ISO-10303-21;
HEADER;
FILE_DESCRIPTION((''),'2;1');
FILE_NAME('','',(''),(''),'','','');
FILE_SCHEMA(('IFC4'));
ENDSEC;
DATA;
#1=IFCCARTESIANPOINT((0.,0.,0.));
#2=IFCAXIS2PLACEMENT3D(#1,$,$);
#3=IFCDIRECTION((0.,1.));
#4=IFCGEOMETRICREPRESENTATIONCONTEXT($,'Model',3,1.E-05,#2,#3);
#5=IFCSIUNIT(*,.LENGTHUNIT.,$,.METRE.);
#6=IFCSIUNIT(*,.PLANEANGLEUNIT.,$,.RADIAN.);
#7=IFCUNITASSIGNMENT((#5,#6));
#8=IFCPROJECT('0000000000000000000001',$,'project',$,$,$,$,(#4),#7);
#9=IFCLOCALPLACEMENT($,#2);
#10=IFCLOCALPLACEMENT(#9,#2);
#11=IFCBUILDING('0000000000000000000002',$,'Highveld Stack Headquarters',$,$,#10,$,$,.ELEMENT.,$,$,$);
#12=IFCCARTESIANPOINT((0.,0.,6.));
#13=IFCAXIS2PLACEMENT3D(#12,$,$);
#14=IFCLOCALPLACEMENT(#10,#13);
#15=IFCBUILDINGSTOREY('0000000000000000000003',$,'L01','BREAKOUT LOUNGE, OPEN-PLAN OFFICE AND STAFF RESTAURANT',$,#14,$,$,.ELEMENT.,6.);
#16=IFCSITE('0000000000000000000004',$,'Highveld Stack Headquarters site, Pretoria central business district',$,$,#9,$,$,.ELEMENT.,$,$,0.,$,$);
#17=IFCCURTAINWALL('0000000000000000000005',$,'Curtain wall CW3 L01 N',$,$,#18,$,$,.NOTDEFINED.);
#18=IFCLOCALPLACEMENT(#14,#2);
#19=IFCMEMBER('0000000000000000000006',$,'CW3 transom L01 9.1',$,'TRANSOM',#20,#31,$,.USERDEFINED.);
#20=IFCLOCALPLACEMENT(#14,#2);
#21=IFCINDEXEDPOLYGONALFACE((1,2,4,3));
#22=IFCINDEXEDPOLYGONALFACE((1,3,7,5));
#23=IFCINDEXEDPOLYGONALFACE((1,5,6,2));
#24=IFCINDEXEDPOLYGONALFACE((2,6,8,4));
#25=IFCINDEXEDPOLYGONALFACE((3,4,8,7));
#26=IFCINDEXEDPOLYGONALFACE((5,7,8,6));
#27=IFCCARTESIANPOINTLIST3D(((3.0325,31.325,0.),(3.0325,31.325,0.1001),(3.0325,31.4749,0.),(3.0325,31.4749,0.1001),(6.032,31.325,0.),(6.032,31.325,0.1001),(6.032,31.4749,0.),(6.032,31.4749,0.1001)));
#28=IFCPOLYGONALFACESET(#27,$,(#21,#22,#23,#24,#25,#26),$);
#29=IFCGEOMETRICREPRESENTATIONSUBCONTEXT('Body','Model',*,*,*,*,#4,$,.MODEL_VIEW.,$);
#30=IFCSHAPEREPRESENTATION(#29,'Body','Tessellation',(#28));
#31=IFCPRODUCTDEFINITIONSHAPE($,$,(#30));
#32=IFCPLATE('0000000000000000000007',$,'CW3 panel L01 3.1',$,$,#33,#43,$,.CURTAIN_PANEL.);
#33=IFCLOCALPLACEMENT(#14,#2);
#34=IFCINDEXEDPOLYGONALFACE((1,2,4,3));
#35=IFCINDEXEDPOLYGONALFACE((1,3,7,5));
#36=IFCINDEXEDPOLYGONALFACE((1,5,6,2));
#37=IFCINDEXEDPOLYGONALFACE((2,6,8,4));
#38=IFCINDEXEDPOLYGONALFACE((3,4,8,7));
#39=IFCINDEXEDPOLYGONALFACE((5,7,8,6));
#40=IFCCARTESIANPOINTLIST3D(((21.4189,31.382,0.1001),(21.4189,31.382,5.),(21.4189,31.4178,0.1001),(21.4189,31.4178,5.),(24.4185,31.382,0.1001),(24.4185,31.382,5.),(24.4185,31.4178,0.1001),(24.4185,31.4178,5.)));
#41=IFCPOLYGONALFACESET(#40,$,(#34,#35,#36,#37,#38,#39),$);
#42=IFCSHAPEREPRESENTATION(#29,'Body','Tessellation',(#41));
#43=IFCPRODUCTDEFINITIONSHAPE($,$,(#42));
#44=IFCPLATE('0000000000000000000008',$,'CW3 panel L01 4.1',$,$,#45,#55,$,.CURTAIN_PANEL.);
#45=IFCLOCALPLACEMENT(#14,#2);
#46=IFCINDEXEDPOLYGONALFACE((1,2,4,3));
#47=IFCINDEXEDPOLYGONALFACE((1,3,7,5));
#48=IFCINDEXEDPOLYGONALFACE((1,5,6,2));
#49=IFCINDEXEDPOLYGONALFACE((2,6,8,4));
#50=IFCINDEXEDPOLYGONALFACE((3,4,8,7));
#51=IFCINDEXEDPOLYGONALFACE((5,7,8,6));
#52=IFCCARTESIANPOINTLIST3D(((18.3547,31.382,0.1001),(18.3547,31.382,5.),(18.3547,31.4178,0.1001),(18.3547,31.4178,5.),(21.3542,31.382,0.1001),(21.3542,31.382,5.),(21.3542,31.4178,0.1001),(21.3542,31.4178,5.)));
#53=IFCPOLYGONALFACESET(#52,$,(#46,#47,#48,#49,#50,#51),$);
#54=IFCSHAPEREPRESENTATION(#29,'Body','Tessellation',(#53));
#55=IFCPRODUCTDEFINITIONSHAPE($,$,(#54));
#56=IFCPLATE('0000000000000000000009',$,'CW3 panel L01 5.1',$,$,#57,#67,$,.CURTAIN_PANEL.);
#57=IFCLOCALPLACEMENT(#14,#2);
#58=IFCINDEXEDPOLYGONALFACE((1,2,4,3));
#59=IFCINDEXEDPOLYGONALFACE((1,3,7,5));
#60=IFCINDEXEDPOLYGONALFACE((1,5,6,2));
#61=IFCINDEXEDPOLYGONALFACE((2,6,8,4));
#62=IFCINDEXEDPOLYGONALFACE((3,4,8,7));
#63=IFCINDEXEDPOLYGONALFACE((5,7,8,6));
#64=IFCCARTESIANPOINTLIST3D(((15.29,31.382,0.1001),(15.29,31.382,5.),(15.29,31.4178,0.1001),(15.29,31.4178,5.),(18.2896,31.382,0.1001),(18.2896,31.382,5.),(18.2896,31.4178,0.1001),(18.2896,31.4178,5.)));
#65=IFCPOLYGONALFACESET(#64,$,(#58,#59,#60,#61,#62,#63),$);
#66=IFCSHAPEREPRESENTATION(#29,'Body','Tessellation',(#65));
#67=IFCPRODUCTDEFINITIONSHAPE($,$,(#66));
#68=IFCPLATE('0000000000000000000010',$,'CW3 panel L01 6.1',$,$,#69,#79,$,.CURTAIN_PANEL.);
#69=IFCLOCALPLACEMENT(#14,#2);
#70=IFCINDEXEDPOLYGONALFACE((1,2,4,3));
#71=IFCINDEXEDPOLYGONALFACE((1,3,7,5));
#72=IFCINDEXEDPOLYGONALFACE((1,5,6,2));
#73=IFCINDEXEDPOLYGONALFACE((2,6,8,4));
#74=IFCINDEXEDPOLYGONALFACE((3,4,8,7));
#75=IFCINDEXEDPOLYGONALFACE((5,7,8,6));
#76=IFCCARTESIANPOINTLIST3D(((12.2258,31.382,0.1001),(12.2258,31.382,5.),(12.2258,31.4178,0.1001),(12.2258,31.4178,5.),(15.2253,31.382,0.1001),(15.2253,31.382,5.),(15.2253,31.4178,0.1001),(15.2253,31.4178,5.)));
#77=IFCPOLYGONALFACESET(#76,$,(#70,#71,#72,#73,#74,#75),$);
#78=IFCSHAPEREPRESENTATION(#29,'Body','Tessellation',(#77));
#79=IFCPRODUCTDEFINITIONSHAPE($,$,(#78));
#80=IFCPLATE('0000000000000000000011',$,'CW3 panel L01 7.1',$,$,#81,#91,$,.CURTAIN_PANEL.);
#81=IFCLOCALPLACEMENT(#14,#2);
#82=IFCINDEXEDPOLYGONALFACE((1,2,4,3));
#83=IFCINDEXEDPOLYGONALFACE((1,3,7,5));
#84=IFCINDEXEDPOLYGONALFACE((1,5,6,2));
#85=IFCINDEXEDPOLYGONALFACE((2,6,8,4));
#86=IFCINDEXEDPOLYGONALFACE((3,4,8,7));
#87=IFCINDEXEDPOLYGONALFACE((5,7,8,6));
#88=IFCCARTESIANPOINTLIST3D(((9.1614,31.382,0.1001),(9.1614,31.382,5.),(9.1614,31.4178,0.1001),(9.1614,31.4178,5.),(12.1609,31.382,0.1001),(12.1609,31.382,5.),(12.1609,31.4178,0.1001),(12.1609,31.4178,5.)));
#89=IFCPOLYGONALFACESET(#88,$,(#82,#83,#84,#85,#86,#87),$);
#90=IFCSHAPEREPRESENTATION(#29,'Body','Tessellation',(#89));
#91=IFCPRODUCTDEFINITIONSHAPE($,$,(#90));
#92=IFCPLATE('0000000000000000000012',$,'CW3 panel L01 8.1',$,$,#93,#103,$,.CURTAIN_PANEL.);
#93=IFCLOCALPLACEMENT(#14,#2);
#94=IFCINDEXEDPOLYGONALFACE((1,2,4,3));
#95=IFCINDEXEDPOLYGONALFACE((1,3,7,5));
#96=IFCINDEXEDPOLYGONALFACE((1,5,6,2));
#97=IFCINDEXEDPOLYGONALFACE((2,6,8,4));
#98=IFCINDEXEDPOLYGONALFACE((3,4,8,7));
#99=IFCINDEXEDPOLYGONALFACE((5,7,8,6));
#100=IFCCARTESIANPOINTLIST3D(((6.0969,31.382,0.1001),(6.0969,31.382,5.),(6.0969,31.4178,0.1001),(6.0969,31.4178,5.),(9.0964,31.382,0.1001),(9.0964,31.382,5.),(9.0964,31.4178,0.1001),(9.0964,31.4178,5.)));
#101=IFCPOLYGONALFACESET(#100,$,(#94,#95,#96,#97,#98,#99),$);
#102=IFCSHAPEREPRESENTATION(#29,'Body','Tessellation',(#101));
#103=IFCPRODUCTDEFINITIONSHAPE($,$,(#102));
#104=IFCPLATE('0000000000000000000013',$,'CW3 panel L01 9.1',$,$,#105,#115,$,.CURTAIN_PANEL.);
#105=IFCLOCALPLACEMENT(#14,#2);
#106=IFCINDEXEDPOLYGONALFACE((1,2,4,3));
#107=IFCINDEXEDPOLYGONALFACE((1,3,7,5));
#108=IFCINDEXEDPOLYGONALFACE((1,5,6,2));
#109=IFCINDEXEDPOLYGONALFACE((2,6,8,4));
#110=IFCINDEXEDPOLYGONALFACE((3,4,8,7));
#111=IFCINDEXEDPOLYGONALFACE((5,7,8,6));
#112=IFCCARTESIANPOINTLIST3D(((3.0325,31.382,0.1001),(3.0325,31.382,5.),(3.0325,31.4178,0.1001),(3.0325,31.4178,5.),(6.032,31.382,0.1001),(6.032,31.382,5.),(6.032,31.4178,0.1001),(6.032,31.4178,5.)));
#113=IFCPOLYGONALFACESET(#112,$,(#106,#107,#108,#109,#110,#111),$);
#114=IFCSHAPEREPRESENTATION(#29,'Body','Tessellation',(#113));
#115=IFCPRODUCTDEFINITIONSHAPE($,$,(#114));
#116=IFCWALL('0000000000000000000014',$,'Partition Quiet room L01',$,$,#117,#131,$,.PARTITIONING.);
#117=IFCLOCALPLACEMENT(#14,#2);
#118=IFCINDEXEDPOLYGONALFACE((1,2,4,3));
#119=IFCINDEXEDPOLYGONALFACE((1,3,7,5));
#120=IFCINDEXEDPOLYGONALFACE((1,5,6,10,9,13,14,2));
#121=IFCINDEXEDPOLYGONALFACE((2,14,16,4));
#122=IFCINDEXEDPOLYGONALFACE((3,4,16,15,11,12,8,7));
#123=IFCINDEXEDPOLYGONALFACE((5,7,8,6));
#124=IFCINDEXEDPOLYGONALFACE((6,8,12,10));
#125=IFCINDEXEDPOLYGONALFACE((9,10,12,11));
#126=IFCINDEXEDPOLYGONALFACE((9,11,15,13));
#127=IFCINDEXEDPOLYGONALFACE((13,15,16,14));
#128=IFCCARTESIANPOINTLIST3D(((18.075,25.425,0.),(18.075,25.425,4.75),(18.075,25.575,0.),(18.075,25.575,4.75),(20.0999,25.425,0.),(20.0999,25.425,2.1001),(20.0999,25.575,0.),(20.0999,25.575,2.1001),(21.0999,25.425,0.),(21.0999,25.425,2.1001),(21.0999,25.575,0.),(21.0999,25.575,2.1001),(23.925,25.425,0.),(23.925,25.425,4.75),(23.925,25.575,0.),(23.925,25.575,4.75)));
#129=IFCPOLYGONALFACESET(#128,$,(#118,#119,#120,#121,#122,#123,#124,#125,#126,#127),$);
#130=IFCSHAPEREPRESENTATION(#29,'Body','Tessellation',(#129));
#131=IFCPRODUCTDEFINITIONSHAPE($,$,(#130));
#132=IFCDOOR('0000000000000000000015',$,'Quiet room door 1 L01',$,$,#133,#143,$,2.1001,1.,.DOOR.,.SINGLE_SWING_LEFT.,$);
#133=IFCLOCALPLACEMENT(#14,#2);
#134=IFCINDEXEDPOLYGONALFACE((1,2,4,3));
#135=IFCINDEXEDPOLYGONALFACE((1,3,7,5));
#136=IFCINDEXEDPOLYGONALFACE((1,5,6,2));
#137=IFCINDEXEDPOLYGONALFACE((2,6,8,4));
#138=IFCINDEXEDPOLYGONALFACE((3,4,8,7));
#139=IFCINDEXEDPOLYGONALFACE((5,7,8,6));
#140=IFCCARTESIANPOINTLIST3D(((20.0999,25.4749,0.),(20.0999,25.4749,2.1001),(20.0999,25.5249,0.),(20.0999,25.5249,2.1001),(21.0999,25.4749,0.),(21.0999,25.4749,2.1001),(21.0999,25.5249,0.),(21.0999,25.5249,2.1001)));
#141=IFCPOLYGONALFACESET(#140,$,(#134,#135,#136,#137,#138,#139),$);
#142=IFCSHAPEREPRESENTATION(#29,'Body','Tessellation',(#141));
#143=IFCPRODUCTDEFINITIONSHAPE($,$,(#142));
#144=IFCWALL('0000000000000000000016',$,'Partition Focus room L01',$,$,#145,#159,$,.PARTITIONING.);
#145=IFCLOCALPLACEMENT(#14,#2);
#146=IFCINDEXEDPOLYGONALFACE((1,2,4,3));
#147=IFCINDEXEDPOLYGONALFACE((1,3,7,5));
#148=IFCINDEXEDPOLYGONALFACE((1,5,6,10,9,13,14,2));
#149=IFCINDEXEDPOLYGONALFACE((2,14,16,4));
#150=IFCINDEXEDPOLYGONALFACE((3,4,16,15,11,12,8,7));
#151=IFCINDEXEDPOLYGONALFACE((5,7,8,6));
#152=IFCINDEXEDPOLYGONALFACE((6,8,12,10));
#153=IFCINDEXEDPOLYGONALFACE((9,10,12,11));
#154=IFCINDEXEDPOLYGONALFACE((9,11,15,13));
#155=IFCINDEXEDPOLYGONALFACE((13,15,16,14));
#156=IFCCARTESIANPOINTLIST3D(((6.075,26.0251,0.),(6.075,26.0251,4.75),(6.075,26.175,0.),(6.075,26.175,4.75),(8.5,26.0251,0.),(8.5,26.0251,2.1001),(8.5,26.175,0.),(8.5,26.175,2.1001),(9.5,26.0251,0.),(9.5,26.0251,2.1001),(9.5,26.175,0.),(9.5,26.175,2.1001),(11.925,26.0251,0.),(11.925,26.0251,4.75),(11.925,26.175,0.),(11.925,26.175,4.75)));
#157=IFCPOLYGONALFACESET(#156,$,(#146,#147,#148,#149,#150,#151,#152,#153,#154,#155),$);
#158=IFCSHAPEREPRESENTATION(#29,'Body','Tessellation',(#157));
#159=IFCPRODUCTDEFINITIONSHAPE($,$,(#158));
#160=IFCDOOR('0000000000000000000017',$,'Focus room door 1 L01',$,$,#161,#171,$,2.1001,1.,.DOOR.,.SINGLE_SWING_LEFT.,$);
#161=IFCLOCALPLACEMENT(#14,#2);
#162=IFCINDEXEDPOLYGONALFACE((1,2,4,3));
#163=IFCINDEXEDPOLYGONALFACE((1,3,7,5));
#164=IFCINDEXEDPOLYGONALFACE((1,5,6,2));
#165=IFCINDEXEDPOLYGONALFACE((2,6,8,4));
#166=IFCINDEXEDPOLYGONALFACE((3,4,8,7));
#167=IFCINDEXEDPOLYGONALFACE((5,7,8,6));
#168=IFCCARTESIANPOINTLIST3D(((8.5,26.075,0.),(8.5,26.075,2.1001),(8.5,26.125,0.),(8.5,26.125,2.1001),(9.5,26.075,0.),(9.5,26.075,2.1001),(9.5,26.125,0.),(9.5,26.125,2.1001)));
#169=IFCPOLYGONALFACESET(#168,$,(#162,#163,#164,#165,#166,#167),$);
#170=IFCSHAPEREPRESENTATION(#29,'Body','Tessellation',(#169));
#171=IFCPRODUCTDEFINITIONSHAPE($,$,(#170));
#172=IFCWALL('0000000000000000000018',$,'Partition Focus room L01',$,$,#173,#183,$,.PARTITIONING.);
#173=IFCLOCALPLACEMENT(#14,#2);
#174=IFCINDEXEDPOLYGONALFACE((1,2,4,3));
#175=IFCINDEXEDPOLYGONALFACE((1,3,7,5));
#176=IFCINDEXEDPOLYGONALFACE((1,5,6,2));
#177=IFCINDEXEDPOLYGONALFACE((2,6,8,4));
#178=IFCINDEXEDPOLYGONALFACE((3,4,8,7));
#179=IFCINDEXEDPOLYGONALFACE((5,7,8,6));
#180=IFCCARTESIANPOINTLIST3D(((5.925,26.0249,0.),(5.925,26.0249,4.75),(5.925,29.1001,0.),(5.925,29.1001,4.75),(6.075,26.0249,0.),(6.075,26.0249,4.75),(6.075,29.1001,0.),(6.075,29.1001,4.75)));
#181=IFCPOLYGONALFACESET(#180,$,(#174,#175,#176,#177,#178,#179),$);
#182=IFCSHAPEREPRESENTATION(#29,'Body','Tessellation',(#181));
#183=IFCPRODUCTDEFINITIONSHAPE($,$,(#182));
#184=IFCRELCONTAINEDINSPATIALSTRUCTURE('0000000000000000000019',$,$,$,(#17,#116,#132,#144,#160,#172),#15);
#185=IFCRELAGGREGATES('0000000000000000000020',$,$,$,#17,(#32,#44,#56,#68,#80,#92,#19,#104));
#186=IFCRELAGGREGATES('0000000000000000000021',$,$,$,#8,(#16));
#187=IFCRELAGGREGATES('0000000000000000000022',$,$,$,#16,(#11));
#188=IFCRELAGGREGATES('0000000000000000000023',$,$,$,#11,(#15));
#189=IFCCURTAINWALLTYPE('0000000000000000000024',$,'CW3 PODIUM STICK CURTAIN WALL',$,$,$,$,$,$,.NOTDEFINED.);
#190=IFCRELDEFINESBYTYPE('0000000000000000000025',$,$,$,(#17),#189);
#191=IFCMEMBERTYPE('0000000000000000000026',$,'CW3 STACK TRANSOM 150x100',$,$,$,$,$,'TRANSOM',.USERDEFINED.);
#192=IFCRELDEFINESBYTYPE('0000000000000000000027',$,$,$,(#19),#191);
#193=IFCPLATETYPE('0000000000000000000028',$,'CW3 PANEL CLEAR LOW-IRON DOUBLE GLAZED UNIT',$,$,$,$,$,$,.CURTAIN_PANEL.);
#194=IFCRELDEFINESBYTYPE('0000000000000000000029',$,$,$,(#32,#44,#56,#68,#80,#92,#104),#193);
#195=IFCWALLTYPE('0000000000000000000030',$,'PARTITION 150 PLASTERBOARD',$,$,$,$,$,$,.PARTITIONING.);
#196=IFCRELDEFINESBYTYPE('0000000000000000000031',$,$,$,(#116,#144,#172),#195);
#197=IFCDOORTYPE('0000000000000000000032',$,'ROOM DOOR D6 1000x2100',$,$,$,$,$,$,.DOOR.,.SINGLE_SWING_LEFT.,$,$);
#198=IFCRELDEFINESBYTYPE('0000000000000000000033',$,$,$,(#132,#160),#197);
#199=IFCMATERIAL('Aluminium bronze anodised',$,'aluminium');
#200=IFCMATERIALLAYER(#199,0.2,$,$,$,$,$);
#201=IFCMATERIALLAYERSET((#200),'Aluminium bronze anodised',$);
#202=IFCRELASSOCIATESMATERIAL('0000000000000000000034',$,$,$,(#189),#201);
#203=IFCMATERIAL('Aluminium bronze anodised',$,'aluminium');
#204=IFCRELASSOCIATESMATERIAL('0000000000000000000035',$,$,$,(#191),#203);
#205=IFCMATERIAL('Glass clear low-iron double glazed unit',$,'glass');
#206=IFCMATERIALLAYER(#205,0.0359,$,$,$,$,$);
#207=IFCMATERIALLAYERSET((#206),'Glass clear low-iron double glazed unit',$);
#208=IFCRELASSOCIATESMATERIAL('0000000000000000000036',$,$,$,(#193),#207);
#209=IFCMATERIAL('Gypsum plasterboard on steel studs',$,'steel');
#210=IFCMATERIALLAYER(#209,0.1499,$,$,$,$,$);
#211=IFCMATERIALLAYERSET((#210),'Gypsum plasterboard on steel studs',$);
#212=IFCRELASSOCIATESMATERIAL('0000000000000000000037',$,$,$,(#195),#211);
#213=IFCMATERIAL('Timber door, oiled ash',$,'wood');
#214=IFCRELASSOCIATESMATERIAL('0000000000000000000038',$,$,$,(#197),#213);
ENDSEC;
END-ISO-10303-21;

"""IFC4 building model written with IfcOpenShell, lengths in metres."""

from ifc_helpers import new_model, si_unit, direction, frame, frame_2d, origin, origin_2d, place, context, subcontext, project, spatial, rectangle, extrude, material, layer, layer_set, material_profile, profile_set, type_object, element, fill, aggregate, save


model = new_model("IFC4")

# Units and contexts
model_context = context("Model", 3, precision=1e-05, world=origin(), true_north=direction((0.0, 1.0)))
body_context = subcontext(model_context, "Body", "Model", "MODEL_VIEW")
ifc_project = project(units=[si_unit("LENGTHUNIT", "METRE"), si_unit("PLANEANGLEUNIT", "RADIAN")], contexts=[model_context])

# Site, building, storey
site_placement = place(None, origin())
site = spatial("IfcSite", under=ifc_project, at=site_placement, Name="Highveld Stack Headquarters site, Pretoria central business district", CompositionType="ELEMENT", RefElevation=0.0)
building_placement = place(site_placement, origin())
building = spatial("IfcBuilding", under=site, at=building_placement, Name="Highveld Stack Headquarters", CompositionType="ELEMENT")
storey_placement = place(building_placement, frame((0.0, 0.0, 6.0)))
storey = spatial("IfcBuildingStorey", under=building, at=storey_placement, Name="L01", Description="BREAKOUT LOUNGE, OPEN-PLAN OFFICE AND STAFF RESTAURANT", CompositionType="ELEMENT", Elevation=6.0)

# Curtain wall, member, plates
ifc_material_1 = material(Name="Aluminium bronze anodised", Category="aluminium")
ifc_layer_1 = layer(ifc_material_1, 0.2)
ifc_layer_set_1 = layer_set([ifc_layer_1], Name="Aluminium bronze anodised")
curtain_wall_type = type_object("IfcCurtainWallType", Name="CW3 PODIUM STICK CURTAIN WALL", PredefinedType="NOTDEFINED", material=ifc_layer_set_1)
curtain_wall_placement = place(storey_placement, origin())
curtain_wall = element("IfcCurtainWall", 1, at=curtain_wall_placement, inside=storey, type_object=curtain_wall_type, Name="Curtain wall CW3 L01 N", PredefinedType="NOTDEFINED")
ifc_material_2 = material(Name="Aluminium bronze anodised", Category="aluminium")
ifc_material_profile_1 = material_profile(ifc_material_2, rectangle(XDim=0.1499, YDim=0.1001, at=origin_2d()), Name="CW3 TRANSOM 150x100")
ifc_profile_set_1 = profile_set([ifc_material_profile_1], Name="Aluminium bronze anodised")
member_type_1 = type_object("IfcMemberType", Name="CW3 STACK TRANSOM 150x100", ElementType="TRANSOM", PredefinedType="USERDEFINED", material=ifc_profile_set_1)
member_1_placement = place(storey_placement, frame((6.032, 31.3999, 0.05), z_axis=(-1.0, 0.0, 0.0), x_axis=(0.0, -1.0, 0.0)))
member_1 = element("IfcMember", 2, at=member_1_placement, type_object=member_type_1, Name="CW3 transom L01 9.1", ObjectType="TRANSOM", PredefinedType="USERDEFINED", context=body_context, shape_type="SweptSolid", body=[
    extrude(rectangle(XDim=0.1499, YDim=0.1001, at=origin_2d()), origin(), (0.0, 0.0, 1.0), 2.9995),
])
ifc_material_3 = material(Name="Glass clear low-iron double glazed unit", Category="glass")
ifc_layer_2 = layer(ifc_material_3, 0.0359)
ifc_layer_set_2 = layer_set([ifc_layer_2], Name="Glass clear low-iron double glazed unit")
plate_type = type_object("IfcPlateType", Name="CW3 PANEL CLEAR LOW-IRON DOUBLE GLAZED UNIT", PredefinedType="CURTAIN_PANEL", material=ifc_layer_set_2)
plate_1_placement = place(storey_placement, frame((22.9187, 31.3999, 0.1001), z_axis=(0.0, 0.0, 1.0), x_axis=(-1.0, 0.0, 0.0)))
plate_1 = element("IfcPlate", 3, at=plate_1_placement, type_object=plate_type, Name="CW3 panel L01 3.1", PredefinedType="CURTAIN_PANEL", context=body_context, shape_type="SweptSolid", body=[
    extrude(rectangle(XDim=2.9995, YDim=0.0359, at=origin_2d()), origin(), (0.0, 0.0, 1.0), 4.8999),
])
plate_2_placement = place(storey_placement, frame((19.8545, 31.3999, 0.1001), z_axis=(0.0, 0.0, 1.0), x_axis=(-1.0, 0.0, 0.0)))
plate_2 = element("IfcPlate", 4, at=plate_2_placement, type_object=plate_type, Name="CW3 panel L01 4.1", PredefinedType="CURTAIN_PANEL", context=body_context, shape_type="SweptSolid", body=[
    extrude(rectangle(XDim=2.9995, YDim=0.0359, at=origin_2d()), origin(), (0.0, 0.0, 1.0), 4.8999),
])
plate_3_placement = place(storey_placement, frame((16.7898, 31.3999, 0.1001), z_axis=(0.0, 0.0, 1.0), x_axis=(-1.0, 0.0, 0.0)))
plate_3 = element("IfcPlate", 5, at=plate_3_placement, type_object=plate_type, Name="CW3 panel L01 5.1", PredefinedType="CURTAIN_PANEL", context=body_context, shape_type="SweptSolid", body=[
    extrude(rectangle(XDim=2.9995, YDim=0.0359, at=origin_2d()), origin(), (0.0, 0.0, 1.0), 4.8999),
])
plate_4_placement = place(storey_placement, frame((13.7256, 31.3999, 0.1001), z_axis=(0.0, 0.0, 1.0), x_axis=(-1.0, 0.0, 0.0)))
plate_4 = element("IfcPlate", 6, at=plate_4_placement, type_object=plate_type, Name="CW3 panel L01 6.1", PredefinedType="CURTAIN_PANEL", context=body_context, shape_type="SweptSolid", body=[
    extrude(rectangle(XDim=2.9995, YDim=0.0359, at=origin_2d()), origin(), (0.0, 0.0, 1.0), 4.8999),
])
plate_5_placement = place(storey_placement, frame((10.6611, 31.3999, 0.1001), z_axis=(0.0, 0.0, 1.0), x_axis=(-1.0, 0.0, 0.0)))
plate_5 = element("IfcPlate", 7, at=plate_5_placement, type_object=plate_type, Name="CW3 panel L01 7.1", PredefinedType="CURTAIN_PANEL", context=body_context, shape_type="SweptSolid", body=[
    extrude(rectangle(XDim=2.9995, YDim=0.0359, at=origin_2d()), origin(), (0.0, 0.0, 1.0), 4.8999),
])
plate_6_placement = place(storey_placement, frame((7.5967, 31.3999, 0.1001), z_axis=(0.0, 0.0, 1.0), x_axis=(-1.0, 0.0, 0.0)))
plate_6 = element("IfcPlate", 8, at=plate_6_placement, type_object=plate_type, Name="CW3 panel L01 8.1", PredefinedType="CURTAIN_PANEL", context=body_context, shape_type="SweptSolid", body=[
    extrude(rectangle(XDim=2.9995, YDim=0.0359, at=origin_2d()), origin(), (0.0, 0.0, 1.0), 4.8999),
])
plate_7_placement = place(storey_placement, frame((4.5322, 31.3999, 0.1001), z_axis=(0.0, 0.0, 1.0), x_axis=(-1.0, 0.0, 0.0)))
plate_7 = element("IfcPlate", 9, at=plate_7_placement, type_object=plate_type, Name="CW3 panel L01 9.1", PredefinedType="CURTAIN_PANEL", context=body_context, shape_type="SweptSolid", body=[
    extrude(rectangle(XDim=2.9995, YDim=0.0359, at=origin_2d()), origin(), (0.0, 0.0, 1.0), 4.8999),
])
aggregate(curtain_wall, [plate_1, plate_2, plate_3, plate_4, plate_5, plate_6, member_1, plate_7])

# Walls, openings, doors
ifc_material_4 = material(Name="Gypsum plasterboard on steel studs", Category="steel")
ifc_layer_3 = layer(ifc_material_4, 0.1499)
ifc_layer_set_3 = layer_set([ifc_layer_3], Name="Gypsum plasterboard on steel studs")
wall_type = type_object("IfcWallType", Name="PARTITION 150 PLASTERBOARD", PredefinedType="PARTITIONING", material=ifc_layer_set_3)
wall_1_placement = place(storey_placement, frame((18.075, 25.5, 0.0), z_axis=(0.0, 0.0, 1.0), x_axis=(1.0, 0.0, 0.0)))
wall_1 = element("IfcWall", 10, at=wall_1_placement, inside=storey, type_object=wall_type, Name="Partition Quiet room L01", PredefinedType="PARTITIONING", context=body_context, shape_type="SweptSolid", body=[
    extrude(rectangle(XDim=5.8501, YDim=0.1499, at=frame_2d((2.925, 0.0))), origin(), (0.0, 0.0, 1.0), 4.75),
])
opening_1_placement = place(wall_1_placement, frame((2.0249, 0.0, 0.0)))
opening_1 = element("IfcOpeningElement", 11, at=opening_1_placement, cuts=wall_1, PredefinedType="OPENING", context=body_context, shape_type="SweptSolid", body=[
    extrude(rectangle(XDim=1.0, YDim=2.1001, at=frame_2d((0.5, 1.05))), frame((0.0, 0.085, 0.0), z_axis=(0.0, -1.0, 0.0), x_axis=(1.0, 0.0, 0.0)), (0.0, 0.0, 1.0), 0.1699),
])
ifc_material_5 = material(Name="Timber door, oiled ash", Category="wood")
door_type = type_object("IfcDoorType", Name="ROOM DOOR D6 1000x2100", OperationType="SINGLE_SWING_LEFT", PredefinedType="DOOR", material=ifc_material_5)
door_1_placement = place(opening_1_placement, origin())
door_1 = element("IfcDoor", 12, at=door_1_placement, inside=storey, type_object=door_type, Name="Quiet room door 1 L01", OperationType="SINGLE_SWING_LEFT", OverallHeight=2.1001, OverallWidth=1.0, PredefinedType="DOOR", context=body_context, shape_type="SweptSolid", body=[
    extrude(rectangle(XDim=1.0, YDim=2.1001, at=frame_2d((0.5, 1.05))), frame((0.0, 0.0249, 0.0), z_axis=(0.0, -1.0, 0.0), x_axis=(1.0, 0.0, 0.0)), (0.0, 0.0, 1.0), 0.05),
])
fill(opening_1, door_1)
wall_2_placement = place(storey_placement, frame((6.075, 26.1001, 0.0), z_axis=(0.0, 0.0, 1.0), x_axis=(1.0, 0.0, 0.0)))
wall_2 = element("IfcWall", 13, at=wall_2_placement, inside=storey, type_object=wall_type, Name="Partition Focus room L01", PredefinedType="PARTITIONING", context=body_context, shape_type="SweptSolid", body=[
    extrude(rectangle(XDim=5.8501, YDim=0.1499, at=frame_2d((2.925, 0.0))), origin(), (0.0, 0.0, 1.0), 4.75),
])
opening_2_placement = place(wall_2_placement, frame((2.425, 0.0, 0.0)))
opening_2 = element("IfcOpeningElement", 14, at=opening_2_placement, cuts=wall_2, PredefinedType="OPENING", context=body_context, shape_type="SweptSolid", body=[
    extrude(rectangle(XDim=1.0, YDim=2.1001, at=frame_2d((0.5, 1.05))), frame((0.0, 0.085, 0.0), z_axis=(0.0, -1.0, 0.0), x_axis=(1.0, 0.0, 0.0)), (0.0, 0.0, 1.0), 0.1699),
])
door_2_placement = place(opening_2_placement, origin())
door_2 = element("IfcDoor", 15, at=door_2_placement, inside=storey, type_object=door_type, Name="Focus room door 1 L01", OperationType="SINGLE_SWING_LEFT", OverallHeight=2.1001, OverallWidth=1.0, PredefinedType="DOOR", context=body_context, shape_type="SweptSolid", body=[
    extrude(rectangle(XDim=1.0, YDim=2.1001, at=frame_2d((0.5, 1.05))), frame((0.0, 0.0249, 0.0), z_axis=(0.0, -1.0, 0.0), x_axis=(1.0, 0.0, 0.0)), (0.0, 0.0, 1.0), 0.05),
])
fill(opening_2, door_2)

# Wall
wall_3_placement = place(storey_placement, frame((6.0, 26.0249, 0.0), z_axis=(0.0, 0.0, 1.0), x_axis=(0.0, 1.0, 0.0)))
element("IfcWall", 16, at=wall_3_placement, inside=storey, type_object=wall_type, Name="Partition Focus room L01", PredefinedType="PARTITIONING", context=body_context, shape_type="SweptSolid", body=[
    extrude(rectangle(XDim=3.0752, YDim=0.1499, at=frame_2d((1.5376, 0.0))), origin(), (0.0, 0.0, 1.0), 4.75),
])

save(model, "model.ifc")
